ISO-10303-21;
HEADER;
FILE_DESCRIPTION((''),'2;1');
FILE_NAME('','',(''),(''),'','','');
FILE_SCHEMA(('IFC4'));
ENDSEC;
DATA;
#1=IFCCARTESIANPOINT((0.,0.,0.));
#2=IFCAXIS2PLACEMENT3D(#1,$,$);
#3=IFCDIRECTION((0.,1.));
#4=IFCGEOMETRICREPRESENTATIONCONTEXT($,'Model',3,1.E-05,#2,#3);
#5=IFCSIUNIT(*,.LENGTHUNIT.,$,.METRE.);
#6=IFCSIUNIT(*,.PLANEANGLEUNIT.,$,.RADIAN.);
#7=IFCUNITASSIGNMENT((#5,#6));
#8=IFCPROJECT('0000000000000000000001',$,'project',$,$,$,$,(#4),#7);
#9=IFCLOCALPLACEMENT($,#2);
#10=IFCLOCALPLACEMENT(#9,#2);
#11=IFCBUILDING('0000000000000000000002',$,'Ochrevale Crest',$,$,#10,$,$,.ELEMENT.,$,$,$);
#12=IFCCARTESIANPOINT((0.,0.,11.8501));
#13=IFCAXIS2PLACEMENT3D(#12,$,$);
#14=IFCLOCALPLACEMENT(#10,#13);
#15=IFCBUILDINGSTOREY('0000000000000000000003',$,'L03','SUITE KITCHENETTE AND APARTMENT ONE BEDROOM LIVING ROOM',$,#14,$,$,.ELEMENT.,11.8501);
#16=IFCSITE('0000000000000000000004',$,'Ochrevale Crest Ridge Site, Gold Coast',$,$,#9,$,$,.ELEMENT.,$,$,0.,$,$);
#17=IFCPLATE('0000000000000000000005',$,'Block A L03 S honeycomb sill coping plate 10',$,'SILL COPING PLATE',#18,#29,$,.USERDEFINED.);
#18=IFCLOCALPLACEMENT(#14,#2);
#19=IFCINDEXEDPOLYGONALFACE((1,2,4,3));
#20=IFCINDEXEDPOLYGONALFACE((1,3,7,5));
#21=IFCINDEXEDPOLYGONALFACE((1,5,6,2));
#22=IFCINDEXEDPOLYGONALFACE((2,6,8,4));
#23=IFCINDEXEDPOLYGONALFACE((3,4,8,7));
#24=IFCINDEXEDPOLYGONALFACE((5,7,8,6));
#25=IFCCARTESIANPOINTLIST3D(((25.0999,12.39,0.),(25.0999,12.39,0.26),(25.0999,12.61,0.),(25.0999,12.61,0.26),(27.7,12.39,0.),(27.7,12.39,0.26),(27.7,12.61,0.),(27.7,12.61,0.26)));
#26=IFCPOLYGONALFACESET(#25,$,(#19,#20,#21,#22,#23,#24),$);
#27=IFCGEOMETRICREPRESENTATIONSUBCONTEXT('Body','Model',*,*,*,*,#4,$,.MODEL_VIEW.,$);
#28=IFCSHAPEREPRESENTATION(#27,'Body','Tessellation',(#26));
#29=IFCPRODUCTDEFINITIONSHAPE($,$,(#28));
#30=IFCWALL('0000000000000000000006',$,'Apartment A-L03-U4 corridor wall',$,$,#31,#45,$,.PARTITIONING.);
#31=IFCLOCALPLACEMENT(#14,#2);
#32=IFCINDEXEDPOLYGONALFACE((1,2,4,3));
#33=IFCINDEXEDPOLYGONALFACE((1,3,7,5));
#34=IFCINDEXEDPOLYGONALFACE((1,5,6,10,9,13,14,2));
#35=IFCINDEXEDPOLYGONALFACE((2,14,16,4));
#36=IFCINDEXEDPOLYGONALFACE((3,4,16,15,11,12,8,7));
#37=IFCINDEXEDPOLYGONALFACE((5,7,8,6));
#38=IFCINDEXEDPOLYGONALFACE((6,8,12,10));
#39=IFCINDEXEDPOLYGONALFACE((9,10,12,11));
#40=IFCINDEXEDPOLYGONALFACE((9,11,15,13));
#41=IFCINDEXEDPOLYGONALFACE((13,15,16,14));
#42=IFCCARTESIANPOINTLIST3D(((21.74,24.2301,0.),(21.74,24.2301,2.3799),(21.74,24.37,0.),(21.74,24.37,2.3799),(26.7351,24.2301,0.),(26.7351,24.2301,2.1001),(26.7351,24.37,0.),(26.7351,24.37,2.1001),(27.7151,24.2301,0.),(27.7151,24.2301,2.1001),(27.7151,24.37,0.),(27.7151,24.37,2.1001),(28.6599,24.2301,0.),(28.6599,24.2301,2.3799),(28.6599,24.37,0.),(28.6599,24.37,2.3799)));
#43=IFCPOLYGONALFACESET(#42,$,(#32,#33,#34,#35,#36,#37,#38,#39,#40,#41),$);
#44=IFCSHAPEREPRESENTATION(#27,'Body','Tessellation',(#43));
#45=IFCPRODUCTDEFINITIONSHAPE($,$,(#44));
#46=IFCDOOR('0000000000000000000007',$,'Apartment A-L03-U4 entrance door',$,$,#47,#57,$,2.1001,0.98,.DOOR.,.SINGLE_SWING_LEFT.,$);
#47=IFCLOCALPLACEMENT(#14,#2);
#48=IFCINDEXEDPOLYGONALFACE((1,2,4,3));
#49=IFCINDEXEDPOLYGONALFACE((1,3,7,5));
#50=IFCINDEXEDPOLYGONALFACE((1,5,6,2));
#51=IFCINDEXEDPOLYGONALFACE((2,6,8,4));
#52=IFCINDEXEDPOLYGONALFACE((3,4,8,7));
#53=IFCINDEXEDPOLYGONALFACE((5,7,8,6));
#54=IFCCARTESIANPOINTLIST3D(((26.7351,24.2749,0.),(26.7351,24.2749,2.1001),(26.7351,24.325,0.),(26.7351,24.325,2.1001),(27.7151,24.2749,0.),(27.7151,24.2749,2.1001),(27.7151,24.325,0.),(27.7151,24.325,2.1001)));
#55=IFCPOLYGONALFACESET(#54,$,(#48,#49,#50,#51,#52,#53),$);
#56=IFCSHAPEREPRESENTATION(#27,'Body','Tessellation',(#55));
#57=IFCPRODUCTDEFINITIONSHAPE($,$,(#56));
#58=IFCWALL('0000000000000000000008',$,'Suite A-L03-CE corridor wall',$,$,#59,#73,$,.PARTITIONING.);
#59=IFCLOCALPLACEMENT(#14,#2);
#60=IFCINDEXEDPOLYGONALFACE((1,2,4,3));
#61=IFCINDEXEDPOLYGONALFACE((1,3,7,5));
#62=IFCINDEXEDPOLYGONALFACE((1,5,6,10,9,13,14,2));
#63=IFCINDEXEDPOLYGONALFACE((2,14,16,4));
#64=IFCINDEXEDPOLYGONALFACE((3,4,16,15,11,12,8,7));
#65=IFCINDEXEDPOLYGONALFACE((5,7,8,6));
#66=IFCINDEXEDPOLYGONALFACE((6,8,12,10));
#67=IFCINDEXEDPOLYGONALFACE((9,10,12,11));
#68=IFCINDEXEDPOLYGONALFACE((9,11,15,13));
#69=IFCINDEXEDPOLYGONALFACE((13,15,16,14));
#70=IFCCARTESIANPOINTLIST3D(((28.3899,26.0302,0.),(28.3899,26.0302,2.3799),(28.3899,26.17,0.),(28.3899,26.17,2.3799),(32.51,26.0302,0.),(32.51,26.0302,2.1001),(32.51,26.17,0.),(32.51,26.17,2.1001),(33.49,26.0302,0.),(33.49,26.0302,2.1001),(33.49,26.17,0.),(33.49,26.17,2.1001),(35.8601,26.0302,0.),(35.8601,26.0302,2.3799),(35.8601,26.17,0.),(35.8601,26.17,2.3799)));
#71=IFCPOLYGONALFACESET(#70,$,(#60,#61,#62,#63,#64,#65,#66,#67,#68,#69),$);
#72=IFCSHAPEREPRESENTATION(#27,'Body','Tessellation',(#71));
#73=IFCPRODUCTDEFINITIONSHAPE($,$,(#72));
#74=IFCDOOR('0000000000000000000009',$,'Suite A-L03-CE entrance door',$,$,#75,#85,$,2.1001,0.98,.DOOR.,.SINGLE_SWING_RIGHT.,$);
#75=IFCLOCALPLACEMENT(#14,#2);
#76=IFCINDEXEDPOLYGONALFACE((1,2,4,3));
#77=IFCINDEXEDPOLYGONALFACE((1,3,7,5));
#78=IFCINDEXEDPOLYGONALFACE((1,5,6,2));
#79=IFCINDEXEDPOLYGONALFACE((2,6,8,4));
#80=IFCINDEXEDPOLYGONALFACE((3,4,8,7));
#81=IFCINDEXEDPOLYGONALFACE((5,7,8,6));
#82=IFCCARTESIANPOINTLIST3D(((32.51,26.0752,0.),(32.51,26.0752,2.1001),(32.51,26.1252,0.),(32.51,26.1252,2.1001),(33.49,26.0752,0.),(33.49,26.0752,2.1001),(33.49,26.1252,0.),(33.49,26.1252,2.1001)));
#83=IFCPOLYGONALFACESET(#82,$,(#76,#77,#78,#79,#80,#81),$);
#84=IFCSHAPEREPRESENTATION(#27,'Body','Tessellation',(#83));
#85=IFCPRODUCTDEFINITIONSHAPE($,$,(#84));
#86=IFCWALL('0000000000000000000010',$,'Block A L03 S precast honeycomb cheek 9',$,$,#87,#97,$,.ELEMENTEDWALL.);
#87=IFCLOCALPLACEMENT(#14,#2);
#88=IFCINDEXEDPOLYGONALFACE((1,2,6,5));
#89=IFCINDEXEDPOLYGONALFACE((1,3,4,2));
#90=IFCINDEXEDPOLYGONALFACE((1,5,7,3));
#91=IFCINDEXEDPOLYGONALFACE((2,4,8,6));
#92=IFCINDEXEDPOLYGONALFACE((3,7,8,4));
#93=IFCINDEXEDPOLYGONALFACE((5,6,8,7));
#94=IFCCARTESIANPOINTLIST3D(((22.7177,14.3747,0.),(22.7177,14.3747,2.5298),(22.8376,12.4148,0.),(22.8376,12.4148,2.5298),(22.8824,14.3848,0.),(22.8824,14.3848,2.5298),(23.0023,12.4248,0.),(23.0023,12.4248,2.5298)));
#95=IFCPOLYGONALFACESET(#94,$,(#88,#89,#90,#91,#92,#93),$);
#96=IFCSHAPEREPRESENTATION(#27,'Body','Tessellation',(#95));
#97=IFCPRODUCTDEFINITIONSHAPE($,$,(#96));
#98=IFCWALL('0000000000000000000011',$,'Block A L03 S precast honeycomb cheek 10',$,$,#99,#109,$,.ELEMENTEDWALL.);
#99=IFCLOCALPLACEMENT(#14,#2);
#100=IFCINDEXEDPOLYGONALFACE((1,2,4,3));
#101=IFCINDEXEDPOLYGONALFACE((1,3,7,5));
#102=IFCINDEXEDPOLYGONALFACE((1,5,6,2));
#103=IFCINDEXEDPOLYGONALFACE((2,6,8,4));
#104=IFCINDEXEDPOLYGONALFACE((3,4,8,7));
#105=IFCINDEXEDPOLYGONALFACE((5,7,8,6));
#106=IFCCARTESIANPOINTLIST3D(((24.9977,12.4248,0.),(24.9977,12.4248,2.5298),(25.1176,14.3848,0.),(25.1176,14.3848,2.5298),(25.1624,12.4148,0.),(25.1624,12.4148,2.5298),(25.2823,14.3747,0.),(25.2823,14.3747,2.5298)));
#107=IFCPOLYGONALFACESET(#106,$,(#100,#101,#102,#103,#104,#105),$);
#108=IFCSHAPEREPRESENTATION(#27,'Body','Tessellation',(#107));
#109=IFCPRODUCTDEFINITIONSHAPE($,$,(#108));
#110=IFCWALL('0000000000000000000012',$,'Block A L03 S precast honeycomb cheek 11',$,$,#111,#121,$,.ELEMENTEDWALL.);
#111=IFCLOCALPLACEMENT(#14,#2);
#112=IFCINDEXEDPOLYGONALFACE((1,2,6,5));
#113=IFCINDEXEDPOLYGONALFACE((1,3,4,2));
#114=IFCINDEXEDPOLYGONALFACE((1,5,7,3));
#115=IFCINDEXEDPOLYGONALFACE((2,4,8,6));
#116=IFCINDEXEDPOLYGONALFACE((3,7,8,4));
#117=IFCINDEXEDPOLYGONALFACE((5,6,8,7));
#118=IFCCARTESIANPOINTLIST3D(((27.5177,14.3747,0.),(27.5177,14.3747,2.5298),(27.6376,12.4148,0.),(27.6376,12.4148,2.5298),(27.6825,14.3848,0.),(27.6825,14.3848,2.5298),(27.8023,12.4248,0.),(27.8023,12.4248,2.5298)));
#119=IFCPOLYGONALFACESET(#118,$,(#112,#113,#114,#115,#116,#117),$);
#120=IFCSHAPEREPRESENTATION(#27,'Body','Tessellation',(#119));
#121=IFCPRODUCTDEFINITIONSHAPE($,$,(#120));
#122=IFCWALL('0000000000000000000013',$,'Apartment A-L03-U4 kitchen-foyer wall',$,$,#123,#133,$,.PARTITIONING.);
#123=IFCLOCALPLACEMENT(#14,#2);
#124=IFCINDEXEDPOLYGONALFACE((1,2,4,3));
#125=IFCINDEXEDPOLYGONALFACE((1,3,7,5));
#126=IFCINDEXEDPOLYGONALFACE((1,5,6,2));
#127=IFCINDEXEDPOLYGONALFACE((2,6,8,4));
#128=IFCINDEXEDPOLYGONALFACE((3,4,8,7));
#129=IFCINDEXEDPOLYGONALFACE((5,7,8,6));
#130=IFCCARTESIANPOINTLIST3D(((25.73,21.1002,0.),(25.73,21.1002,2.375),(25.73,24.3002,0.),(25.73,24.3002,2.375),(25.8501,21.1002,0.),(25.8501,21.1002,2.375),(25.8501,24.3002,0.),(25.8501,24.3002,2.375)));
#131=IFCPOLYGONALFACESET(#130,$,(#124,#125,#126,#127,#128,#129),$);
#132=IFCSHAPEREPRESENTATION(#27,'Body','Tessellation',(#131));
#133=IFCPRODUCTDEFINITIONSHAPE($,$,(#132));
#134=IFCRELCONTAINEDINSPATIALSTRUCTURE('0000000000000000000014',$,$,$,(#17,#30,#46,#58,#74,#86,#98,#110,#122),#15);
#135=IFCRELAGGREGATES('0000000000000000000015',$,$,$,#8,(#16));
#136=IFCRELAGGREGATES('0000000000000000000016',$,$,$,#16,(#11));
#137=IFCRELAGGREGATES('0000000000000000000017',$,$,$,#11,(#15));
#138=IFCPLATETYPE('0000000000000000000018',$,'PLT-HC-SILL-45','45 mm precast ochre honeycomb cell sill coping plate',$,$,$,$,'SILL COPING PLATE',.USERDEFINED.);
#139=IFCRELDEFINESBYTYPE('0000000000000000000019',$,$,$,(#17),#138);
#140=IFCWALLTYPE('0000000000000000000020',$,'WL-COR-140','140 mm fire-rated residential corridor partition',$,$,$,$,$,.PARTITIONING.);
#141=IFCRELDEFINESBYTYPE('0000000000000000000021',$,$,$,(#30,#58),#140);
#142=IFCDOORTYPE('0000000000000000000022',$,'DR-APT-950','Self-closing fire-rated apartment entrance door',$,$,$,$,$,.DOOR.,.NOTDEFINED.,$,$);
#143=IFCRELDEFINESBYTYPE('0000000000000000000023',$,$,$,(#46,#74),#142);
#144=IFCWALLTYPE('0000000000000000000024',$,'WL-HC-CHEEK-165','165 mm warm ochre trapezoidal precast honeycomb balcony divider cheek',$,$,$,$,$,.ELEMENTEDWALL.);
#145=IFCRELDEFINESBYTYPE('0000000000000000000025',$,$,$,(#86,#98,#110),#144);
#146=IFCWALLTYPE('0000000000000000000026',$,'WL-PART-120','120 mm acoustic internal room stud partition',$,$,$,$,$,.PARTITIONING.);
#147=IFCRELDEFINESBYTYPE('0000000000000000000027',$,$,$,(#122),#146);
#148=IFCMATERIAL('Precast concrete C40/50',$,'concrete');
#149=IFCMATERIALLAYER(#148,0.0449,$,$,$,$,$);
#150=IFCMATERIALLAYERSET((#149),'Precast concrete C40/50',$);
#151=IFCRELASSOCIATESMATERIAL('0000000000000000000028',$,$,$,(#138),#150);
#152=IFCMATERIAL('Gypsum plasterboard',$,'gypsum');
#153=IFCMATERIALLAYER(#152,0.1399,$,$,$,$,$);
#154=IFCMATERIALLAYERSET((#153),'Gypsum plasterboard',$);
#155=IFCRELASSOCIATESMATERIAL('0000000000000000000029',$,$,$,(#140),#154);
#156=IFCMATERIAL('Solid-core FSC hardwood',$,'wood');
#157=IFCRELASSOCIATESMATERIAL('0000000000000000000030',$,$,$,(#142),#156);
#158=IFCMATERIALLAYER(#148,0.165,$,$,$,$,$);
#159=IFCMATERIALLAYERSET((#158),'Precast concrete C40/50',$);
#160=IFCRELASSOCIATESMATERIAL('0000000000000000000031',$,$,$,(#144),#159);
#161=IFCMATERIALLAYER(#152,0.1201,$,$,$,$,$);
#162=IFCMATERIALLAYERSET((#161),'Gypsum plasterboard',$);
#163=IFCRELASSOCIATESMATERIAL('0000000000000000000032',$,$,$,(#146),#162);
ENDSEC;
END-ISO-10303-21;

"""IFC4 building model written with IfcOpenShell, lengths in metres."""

from ifc_helpers import new_model, si_unit, direction, frame, frame_2d, origin, origin_2d, place, context, subcontext, project, spatial, rectangle, extrude, material, layer, layer_set, type_object, element, fill, save


model = new_model("IFC4")

# Units and contexts
model_context = context("Model", 3, precision=1e-05, world=origin(), true_north=direction((0.0, 1.0)))
body_context = subcontext(model_context, "Body", "Model", "MODEL_VIEW")
ifc_project = project(units=[si_unit("LENGTHUNIT", "METRE"), si_unit("PLANEANGLEUNIT", "RADIAN")], contexts=[model_context])

# Site, building, storey
site_placement = place(None, origin())
site = spatial("IfcSite", under=ifc_project, at=site_placement, Name="Ochrevale Crest Ridge Site, Gold Coast", CompositionType="ELEMENT", RefElevation=0.0)
building_placement = place(site_placement, origin())
building = spatial("IfcBuilding", under=site, at=building_placement, Name="Ochrevale Crest", CompositionType="ELEMENT")
storey_placement = place(building_placement, frame((0.0, 0.0, 11.8501)))
storey = spatial("IfcBuildingStorey", under=building, at=storey_placement, Name="L03", Description="SUITE KITCHENETTE AND APARTMENT ONE BEDROOM LIVING ROOM", CompositionType="ELEMENT", Elevation=11.8501)

# Shared definitions
ifc_material_1 = material(Name="Precast concrete C40/50", Category="concrete")

# Plate
ifc_layer_1 = layer(ifc_material_1, 0.0449)
ifc_layer_set_1 = layer_set([ifc_layer_1], Name="Precast concrete C40/50")
plate_type_1 = type_object("IfcPlateType", Name="PLT-HC-SILL-45", Description="45 mm precast ochre honeycomb cell sill coping plate", ElementType="SILL COPING PLATE", PredefinedType="USERDEFINED", material=ifc_layer_set_1)
for number, where, z_axis, x_axis, name in (
    (1, (26.3999, 12.5, 0.0), (0.0, 0.0, 1.0), (1.0, 0.0, 0.0), "Block A L03 S honeycomb sill coping plate 10"),
):
    element("IfcPlate", number, at=place(storey_placement, frame(where, z_axis=z_axis, x_axis=x_axis)), inside=storey, type_object=plate_type_1, Name=name, ObjectType="SILL COPING PLATE", PredefinedType="USERDEFINED", context=body_context, shape_type="SweptSolid", body=[
        extrude(rectangle(XDim=2.6001, YDim=0.22, at=origin_2d()), origin(), (0.0, 0.0, 1.0), 0.26),
    ])

# Walls, openings, doors
ifc_material_2 = material(Name="Gypsum plasterboard", Category="gypsum")
ifc_layer_2 = layer(ifc_material_2, 0.1399)
ifc_layer_set_2 = layer_set([ifc_layer_2], Name="Gypsum plasterboard")
wall_type_1 = type_object("IfcWallType", Name="WL-COR-140", Description="140 mm fire-rated residential corridor partition", PredefinedType="PARTITIONING", material=ifc_layer_set_2)
wall_1_placement = place(storey_placement, frame((21.74, 24.3, 0.0), z_axis=(0.0, 0.0, 1.0), x_axis=(1.0, 0.0, 0.0)))
wall_1 = element("IfcWall", 2, at=wall_1_placement, inside=storey, type_object=wall_type_1, Name="Apartment A-L03-U4 corridor wall", PredefinedType="PARTITIONING", context=body_context, shape_type="SweptSolid", body=[
    extrude(rectangle(XDim=6.9199, YDim=0.1399, at=frame_2d((3.46, 0.0))), origin(), (0.0, 0.0, 1.0), 2.3799),
])
opening_1_placement = place(wall_1_placement, frame((4.9951, 0.0, 0.0)))
opening_1 = element("IfcOpeningElement", 3, at=opening_1_placement, cuts=wall_1, PredefinedType="OPENING", context=body_context, shape_type="SweptSolid", body=[
    extrude(rectangle(XDim=0.98, YDim=2.1001, at=frame_2d((0.49, 1.05))), frame((0.0, 0.0801, 0.0), z_axis=(0.0, -1.0, 0.0), x_axis=(1.0, 0.0, 0.0)), (0.0, 0.0, 1.0), 0.1599),
])
ifc_material_3 = material(Name="Solid-core FSC hardwood", Category="wood")
door_type_1 = type_object("IfcDoorType", Name="DR-APT-950", Description="Self-closing fire-rated apartment entrance door", OperationType="NOTDEFINED", PredefinedType="DOOR", material=ifc_material_3)
door_1_placement = place(opening_1_placement, origin())
door_1 = element("IfcDoor", 4, at=door_1_placement, inside=storey, type_object=door_type_1, Name="Apartment A-L03-U4 entrance door", OperationType="SINGLE_SWING_LEFT", OverallHeight=2.1001, OverallWidth=0.98, PredefinedType="DOOR", context=body_context, shape_type="SweptSolid", body=[
    extrude(rectangle(XDim=0.98, YDim=2.1001, at=frame_2d((0.49, 1.05))), frame((0.0, 0.0249, 0.0), z_axis=(0.0, -1.0, 0.0), x_axis=(1.0, 0.0, 0.0)), (0.0, 0.0, 1.0), 0.05),
])
fill(opening_1, door_1)
wall_2_placement = place(storey_placement, frame((28.3899, 26.1001, 0.0), z_axis=(0.0, 0.0, 1.0), x_axis=(1.0, 0.0, 0.0)))
wall_2 = element("IfcWall", 5, at=wall_2_placement, inside=storey, type_object=wall_type_1, Name="Suite A-L03-CE corridor wall", PredefinedType="PARTITIONING", context=body_context, shape_type="SweptSolid", body=[
    extrude(rectangle(XDim=7.4702, YDim=0.1399, at=frame_2d((3.7351, 0.0))), origin(), (0.0, 0.0, 1.0), 2.3799),
])
opening_2_placement = place(wall_2_placement, frame((5.1001, 0.0, 0.0), z_axis=(0.0, 0.0, 1.0), x_axis=(-1.0, 0.0, 0.0)))
opening_2 = element("IfcOpeningElement", 6, at=opening_2_placement, cuts=wall_2, PredefinedType="OPENING", context=body_context, shape_type="SweptSolid", body=[
    extrude(rectangle(XDim=0.98, YDim=2.1001, at=frame_2d((0.49, 1.05))), frame((0.0, 0.0801, 0.0), z_axis=(0.0, -1.0, 0.0), x_axis=(1.0, 0.0, 0.0)), (0.0, 0.0, 1.0), 0.1599),
])
door_2_placement = place(opening_2_placement, origin())
door_2 = element("IfcDoor", 7, at=door_2_placement, inside=storey, type_object=door_type_1, Name="Suite A-L03-CE entrance door", OperationType="SINGLE_SWING_RIGHT", OverallHeight=2.1001, OverallWidth=0.98, PredefinedType="DOOR", context=body_context, shape_type="SweptSolid", body=[
    extrude(rectangle(XDim=0.98, YDim=2.1001, at=frame_2d((0.49, 1.05))), frame((0.0, 0.0249, 0.0), z_axis=(0.0, -1.0, 0.0), x_axis=(1.0, 0.0, 0.0)), (0.0, 0.0, 1.0), 0.05),
])
fill(opening_2, door_2)

# Walls
ifc_layer_3 = layer(ifc_material_1, 0.165)
ifc_layer_set_3 = layer_set([ifc_layer_3], Name="Precast concrete C40/50")
wall_type_2 = type_object("IfcWallType", Name="WL-HC-CHEEK-165", Description="165 mm warm ochre trapezoidal precast honeycomb balcony divider cheek", PredefinedType="ELEMENTEDWALL", material=ifc_layer_set_3)
for number, where, z_axis, x_axis, name in (
    (8, (22.8, 14.3799, 0.0), (0.0, 0.0, 1.0), (0.061047, -0.998135, 0.0), "Block A L03 S precast honeycomb cheek 9"),
    (9, (25.2, 14.3799, 0.0), (0.0, 0.0, 1.0), (-0.061047, -0.998135, 0.0), "Block A L03 S precast honeycomb cheek 10"),
    (10, (27.6001, 14.3799, 0.0), (0.0, 0.0, 1.0), (0.061047, -0.998135, 0.0), "Block A L03 S precast honeycomb cheek 11"),
):
    element("IfcWall", number, at=place(storey_placement, frame(where, z_axis=z_axis, x_axis=x_axis)), inside=storey, type_object=wall_type_2, Name=name, PredefinedType="ELEMENTEDWALL", context=body_context, shape_type="SweptSolid", body=[
        extrude(rectangle(XDim=1.9636, YDim=0.165, at=frame_2d((0.9819, 0.0))), origin(), (0.0, 0.0, 1.0), 2.5298),
    ])
ifc_layer_4 = layer(ifc_material_2, 0.1201)
ifc_layer_set_4 = layer_set([ifc_layer_4], Name="Gypsum plasterboard")
wall_type_3 = type_object("IfcWallType", Name="WL-PART-120", Description="120 mm acoustic internal room stud partition", PredefinedType="PARTITIONING", material=ifc_layer_set_4)
wall_3_placement = place(storey_placement, frame((25.79, 21.1001, 0.0), z_axis=(0.0, 0.0, 1.0), x_axis=(0.0, 1.0, 0.0)))
element("IfcWall", 11, at=wall_3_placement, inside=storey, type_object=wall_type_3, Name="Apartment A-L03-U4 kitchen-foyer wall", PredefinedType="PARTITIONING", context=body_context, shape_type="SweptSolid", body=[
    extrude(rectangle(XDim=3.2, YDim=0.1201, at=frame_2d((1.6001, 0.0))), origin(), (0.0, 0.0, 1.0), 2.375),
])

save(model, "model.ifc")
